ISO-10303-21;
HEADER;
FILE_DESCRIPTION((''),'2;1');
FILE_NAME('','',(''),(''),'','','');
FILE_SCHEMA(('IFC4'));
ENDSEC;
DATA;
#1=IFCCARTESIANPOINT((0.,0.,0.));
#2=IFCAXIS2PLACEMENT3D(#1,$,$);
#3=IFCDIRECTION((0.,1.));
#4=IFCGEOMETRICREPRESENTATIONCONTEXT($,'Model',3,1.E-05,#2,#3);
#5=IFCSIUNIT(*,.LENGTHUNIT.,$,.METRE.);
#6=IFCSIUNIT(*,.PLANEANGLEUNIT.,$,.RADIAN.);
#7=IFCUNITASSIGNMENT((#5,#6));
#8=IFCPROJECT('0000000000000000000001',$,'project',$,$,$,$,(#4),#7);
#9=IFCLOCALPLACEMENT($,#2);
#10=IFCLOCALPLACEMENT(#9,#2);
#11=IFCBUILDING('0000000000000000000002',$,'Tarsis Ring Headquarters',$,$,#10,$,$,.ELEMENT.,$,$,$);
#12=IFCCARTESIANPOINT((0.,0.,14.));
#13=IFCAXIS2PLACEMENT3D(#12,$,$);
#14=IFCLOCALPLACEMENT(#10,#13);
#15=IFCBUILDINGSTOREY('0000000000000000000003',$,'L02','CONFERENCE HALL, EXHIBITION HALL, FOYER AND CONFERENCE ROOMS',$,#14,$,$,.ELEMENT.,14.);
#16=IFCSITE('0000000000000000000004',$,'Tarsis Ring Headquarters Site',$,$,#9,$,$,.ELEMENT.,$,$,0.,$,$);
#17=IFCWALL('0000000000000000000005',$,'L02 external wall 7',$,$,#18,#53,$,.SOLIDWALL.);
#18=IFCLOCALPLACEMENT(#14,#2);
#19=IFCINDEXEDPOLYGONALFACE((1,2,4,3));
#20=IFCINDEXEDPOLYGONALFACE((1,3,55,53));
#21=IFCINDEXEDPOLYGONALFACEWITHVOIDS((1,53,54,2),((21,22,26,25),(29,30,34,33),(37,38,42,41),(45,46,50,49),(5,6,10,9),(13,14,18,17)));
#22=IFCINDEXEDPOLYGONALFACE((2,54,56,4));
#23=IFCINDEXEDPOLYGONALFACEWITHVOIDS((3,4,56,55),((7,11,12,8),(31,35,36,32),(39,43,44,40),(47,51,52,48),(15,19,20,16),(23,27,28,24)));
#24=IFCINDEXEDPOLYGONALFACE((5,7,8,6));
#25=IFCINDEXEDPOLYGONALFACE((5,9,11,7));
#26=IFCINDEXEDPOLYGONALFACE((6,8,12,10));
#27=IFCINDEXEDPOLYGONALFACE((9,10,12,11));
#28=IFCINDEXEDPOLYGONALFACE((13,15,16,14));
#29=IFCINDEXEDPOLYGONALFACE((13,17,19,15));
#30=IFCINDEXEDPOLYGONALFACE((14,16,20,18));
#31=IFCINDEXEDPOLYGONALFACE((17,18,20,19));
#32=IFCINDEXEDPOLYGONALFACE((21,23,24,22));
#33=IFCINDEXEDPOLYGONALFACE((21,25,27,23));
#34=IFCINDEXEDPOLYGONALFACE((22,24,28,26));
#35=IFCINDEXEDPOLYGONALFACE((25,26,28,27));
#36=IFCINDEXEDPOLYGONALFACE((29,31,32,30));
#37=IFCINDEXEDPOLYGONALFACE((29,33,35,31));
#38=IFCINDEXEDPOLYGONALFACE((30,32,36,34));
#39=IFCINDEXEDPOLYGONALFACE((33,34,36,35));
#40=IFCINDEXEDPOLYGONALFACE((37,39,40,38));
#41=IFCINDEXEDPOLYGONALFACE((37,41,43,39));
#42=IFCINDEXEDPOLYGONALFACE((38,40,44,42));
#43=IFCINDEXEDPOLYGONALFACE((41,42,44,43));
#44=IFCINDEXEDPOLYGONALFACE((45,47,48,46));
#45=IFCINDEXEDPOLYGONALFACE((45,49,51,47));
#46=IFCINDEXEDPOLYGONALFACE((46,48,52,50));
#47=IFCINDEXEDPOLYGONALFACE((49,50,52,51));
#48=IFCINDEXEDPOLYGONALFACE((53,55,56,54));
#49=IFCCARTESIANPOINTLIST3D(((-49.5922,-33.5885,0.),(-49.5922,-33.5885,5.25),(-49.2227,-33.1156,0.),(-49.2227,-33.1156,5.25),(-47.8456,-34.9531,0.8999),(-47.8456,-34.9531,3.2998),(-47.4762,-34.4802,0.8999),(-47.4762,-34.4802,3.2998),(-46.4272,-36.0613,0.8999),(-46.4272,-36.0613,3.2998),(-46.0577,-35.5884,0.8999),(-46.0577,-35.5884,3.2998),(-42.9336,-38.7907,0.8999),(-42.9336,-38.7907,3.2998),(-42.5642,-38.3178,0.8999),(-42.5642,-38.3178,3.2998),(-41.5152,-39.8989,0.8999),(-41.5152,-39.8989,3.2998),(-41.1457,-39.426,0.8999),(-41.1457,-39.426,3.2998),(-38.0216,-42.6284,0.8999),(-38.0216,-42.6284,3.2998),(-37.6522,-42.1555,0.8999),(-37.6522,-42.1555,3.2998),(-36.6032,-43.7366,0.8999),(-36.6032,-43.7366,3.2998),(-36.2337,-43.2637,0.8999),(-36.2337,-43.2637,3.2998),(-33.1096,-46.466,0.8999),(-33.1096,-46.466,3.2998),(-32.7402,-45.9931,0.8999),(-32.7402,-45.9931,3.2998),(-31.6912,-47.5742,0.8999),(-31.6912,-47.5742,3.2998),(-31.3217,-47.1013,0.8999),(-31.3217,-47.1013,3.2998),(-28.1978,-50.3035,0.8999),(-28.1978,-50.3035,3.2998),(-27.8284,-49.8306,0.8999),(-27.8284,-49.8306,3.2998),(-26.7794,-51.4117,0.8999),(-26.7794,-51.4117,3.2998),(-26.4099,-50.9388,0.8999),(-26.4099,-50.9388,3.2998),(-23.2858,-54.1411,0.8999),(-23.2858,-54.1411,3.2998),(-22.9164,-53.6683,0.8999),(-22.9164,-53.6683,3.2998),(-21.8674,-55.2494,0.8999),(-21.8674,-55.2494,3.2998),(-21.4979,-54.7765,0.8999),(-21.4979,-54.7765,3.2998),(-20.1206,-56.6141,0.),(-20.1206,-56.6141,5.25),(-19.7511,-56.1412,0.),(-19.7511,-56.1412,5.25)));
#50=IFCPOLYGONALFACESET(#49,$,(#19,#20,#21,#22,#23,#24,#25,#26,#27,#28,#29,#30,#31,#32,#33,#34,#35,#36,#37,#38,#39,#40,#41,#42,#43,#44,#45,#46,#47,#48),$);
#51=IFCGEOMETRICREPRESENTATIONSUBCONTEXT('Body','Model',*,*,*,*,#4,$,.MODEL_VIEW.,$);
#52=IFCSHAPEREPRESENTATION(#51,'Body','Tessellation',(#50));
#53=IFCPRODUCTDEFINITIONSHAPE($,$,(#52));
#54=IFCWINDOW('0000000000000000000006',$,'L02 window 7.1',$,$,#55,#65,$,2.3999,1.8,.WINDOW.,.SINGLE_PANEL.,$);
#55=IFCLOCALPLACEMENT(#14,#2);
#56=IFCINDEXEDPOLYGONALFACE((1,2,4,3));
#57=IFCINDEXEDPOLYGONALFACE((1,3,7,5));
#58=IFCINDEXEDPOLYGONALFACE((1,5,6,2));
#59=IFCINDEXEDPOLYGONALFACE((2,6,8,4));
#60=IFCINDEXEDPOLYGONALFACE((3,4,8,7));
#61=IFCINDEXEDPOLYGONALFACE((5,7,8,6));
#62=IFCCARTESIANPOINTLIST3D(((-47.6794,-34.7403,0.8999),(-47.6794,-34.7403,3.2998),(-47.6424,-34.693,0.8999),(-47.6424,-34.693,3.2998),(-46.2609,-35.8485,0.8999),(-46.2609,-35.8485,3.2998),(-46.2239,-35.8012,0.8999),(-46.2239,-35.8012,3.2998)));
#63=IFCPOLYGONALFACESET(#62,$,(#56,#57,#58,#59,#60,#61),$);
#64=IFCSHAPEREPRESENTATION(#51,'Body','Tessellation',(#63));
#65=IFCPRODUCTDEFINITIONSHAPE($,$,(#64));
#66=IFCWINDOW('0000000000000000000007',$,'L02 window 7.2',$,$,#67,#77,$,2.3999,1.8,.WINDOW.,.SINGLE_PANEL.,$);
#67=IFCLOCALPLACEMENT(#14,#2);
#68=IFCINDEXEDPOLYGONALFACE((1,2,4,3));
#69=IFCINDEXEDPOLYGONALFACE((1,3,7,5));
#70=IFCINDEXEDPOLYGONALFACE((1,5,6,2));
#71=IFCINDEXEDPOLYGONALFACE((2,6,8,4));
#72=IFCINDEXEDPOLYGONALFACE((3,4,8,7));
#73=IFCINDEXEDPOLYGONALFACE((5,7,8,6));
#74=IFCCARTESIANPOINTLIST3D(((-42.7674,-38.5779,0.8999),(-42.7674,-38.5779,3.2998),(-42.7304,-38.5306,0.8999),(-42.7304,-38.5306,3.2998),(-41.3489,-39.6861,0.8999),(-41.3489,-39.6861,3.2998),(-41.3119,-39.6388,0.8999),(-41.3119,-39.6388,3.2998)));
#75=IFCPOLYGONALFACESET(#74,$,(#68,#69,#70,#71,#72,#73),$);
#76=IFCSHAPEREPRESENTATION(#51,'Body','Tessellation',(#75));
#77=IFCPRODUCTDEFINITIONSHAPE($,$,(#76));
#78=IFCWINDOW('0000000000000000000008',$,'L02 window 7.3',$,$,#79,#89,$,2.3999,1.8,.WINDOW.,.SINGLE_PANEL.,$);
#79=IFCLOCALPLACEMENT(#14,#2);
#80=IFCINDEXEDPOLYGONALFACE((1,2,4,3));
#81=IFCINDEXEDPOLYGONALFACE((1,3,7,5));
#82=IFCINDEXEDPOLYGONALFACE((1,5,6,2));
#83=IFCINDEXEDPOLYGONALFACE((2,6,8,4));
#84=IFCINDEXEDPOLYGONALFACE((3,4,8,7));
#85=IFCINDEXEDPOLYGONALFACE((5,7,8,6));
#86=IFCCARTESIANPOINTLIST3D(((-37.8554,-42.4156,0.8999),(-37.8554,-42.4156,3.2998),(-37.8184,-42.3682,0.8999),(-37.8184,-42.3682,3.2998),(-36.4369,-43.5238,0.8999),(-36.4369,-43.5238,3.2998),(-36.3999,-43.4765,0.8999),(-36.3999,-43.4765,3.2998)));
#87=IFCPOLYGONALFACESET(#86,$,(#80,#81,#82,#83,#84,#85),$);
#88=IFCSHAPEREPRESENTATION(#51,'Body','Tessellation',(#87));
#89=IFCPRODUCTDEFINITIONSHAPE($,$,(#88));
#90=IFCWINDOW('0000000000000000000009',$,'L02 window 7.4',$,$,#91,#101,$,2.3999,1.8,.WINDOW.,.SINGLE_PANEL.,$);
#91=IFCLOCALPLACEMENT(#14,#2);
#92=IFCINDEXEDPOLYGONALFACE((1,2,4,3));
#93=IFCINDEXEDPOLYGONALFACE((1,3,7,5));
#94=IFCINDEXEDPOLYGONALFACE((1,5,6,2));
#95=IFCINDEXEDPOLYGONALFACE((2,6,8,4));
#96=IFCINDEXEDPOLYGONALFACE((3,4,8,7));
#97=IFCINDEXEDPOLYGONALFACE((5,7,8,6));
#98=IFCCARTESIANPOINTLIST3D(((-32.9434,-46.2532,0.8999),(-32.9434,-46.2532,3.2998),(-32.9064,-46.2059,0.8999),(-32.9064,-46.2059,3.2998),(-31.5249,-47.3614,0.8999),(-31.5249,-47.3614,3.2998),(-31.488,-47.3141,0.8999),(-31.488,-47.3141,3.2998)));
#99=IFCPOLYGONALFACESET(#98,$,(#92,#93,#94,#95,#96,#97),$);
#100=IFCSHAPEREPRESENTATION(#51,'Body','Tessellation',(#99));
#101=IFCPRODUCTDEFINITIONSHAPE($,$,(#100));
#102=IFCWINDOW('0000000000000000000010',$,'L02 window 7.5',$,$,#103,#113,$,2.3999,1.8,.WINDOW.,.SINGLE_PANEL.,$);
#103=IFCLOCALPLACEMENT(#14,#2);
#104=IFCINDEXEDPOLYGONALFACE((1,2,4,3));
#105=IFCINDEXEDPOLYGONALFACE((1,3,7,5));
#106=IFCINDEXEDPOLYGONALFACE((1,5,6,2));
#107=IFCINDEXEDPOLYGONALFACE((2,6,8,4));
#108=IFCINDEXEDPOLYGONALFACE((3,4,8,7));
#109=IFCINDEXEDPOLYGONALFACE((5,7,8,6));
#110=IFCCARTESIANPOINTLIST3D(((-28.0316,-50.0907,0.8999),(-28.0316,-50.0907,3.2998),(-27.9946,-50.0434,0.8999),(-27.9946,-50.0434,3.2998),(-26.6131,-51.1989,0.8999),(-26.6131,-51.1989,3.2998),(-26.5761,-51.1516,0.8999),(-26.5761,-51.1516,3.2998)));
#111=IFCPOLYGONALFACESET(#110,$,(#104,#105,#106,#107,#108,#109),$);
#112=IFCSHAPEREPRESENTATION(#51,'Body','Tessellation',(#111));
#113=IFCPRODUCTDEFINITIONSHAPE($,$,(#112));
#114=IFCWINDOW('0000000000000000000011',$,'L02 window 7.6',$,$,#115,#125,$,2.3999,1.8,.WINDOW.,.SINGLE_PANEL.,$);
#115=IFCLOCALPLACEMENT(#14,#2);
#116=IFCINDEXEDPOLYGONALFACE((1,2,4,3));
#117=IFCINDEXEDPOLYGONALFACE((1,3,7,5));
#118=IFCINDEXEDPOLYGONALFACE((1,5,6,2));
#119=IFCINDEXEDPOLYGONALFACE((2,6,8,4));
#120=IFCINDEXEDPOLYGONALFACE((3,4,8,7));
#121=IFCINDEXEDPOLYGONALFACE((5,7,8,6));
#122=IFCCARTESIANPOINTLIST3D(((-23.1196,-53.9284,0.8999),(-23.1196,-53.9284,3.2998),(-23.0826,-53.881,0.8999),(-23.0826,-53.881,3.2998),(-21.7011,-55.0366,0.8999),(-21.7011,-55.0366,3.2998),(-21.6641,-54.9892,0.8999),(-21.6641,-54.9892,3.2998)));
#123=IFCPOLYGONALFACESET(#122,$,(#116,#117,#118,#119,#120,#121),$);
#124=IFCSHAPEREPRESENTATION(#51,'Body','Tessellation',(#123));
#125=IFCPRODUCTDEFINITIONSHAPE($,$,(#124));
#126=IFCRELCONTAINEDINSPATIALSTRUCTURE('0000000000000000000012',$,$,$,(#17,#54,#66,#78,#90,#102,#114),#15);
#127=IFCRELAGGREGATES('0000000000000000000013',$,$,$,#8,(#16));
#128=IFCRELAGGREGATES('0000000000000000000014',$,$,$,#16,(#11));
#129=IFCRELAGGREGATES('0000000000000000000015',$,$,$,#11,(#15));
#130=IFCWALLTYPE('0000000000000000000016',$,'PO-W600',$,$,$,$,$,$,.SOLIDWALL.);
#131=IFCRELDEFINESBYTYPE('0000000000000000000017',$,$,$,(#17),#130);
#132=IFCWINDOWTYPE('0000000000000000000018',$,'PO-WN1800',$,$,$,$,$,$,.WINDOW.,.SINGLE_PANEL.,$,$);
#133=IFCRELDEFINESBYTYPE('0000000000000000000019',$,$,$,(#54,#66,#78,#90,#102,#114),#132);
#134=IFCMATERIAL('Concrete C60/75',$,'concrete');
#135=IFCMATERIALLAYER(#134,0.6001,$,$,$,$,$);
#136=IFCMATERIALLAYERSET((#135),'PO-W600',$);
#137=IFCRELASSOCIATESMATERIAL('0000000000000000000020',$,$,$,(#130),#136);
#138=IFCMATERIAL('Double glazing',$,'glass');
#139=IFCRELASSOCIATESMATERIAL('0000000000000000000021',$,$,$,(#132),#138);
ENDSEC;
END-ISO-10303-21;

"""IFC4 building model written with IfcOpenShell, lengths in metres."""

from ifc_helpers import new_model, si_unit, direction, frame, frame_2d, origin, place, context, subcontext, project, spatial, rectangle, extrude, material, layer, layer_set, type_object, element, fill, save


model = new_model("IFC4")

# Units and contexts
model_context = context("Model", 3, precision=1e-05, world=origin(), true_north=direction((0.0, 1.0)))
body_context = subcontext(model_context, "Body", "Model", "MODEL_VIEW")
ifc_project = project(units=[si_unit("LENGTHUNIT", "METRE"), si_unit("PLANEANGLEUNIT", "RADIAN")], contexts=[model_context])

# Site, building, storey
site_placement = place(None, origin())
site = spatial("IfcSite", under=ifc_project, at=site_placement, Name="Tarsis Ring Headquarters Site", CompositionType="ELEMENT", RefElevation=0.0)
building_placement = place(site_placement, origin())
building = spatial("IfcBuilding", under=site, at=building_placement, Name="Tarsis Ring Headquarters", CompositionType="ELEMENT")
storey_placement = place(building_placement, frame((0.0, 0.0, 14.0)))
storey = spatial("IfcBuildingStorey", under=building, at=storey_placement, Name="L02", Description="CONFERENCE HALL, EXHIBITION HALL, FOYER AND CONFERENCE ROOMS", CompositionType="ELEMENT", Elevation=14.0)

# Shared definitions
ifc_material_1 = material(Name="Concrete C60/75", Category="concrete")

# Wall, openings, windows
ifc_layer_1 = layer(ifc_material_1, 0.6001)
ifc_layer_set_1 = layer_set([ifc_layer_1], Name="PO-W600")
wall_type_1 = type_object("IfcWallType", Name="PO-W600", PredefinedType="SOLIDWALL", material=ifc_layer_set_1)
wall_1_placement = place(storey_placement, frame((-49.4075, -33.3521, 0.0), z_axis=(0.0, 0.0, 1.0), x_axis=(0.788013, -0.615659, 0.0)))
wall_1 = element("IfcWall", 1, at=wall_1_placement, inside=storey, type_object=wall_type_1, Name="L02 external wall 7", PredefinedType="SOLIDWALL", context=body_context, shape_type="SweptSolid", body=[
    extrude(rectangle(XDim=37.3999, YDim=0.6001, at=frame_2d((18.7, 0.0))), origin(), (0.0, 0.0, 1.0), 5.25),
])
opening_1_placement = place(wall_1_placement, frame((2.2166, 0.0, 0.8999)))
opening_1 = element("IfcOpeningElement", 2, at=opening_1_placement, cuts=wall_1, PredefinedType="OPENING", context=body_context, shape_type="SweptSolid", body=[
    extrude(rectangle(XDim=1.8, YDim=2.3999, at=frame_2d((0.8999, 1.2))), frame((0.0, 0.3101, 0.0), z_axis=(0.0, -1.0, 0.0), x_axis=(1.0, 0.0, 0.0)), (0.0, 0.0, 1.0), 0.6201),
])
opening_2_placement = place(wall_1_placement, frame((8.45, 0.0, 0.8999)))
opening_2 = element("IfcOpeningElement", 3, at=opening_2_placement, cuts=wall_1, PredefinedType="OPENING", context=body_context, shape_type="SweptSolid", body=[
    extrude(rectangle(XDim=1.8, YDim=2.3999, at=frame_2d((0.8999, 1.2))), frame((0.0, 0.3101, 0.0), z_axis=(0.0, -1.0, 0.0), x_axis=(1.0, 0.0, 0.0)), (0.0, 0.0, 1.0), 0.6201),
])
opening_3_placement = place(wall_1_placement, frame((14.6833, 0.0, 0.8999)))
opening_3 = element("IfcOpeningElement", 4, at=opening_3_placement, cuts=wall_1, PredefinedType="OPENING", context=body_context, shape_type="SweptSolid", body=[
    extrude(rectangle(XDim=1.8, YDim=2.3999, at=frame_2d((0.8999, 1.2))), frame((0.0, 0.3101, 0.0), z_axis=(0.0, -1.0, 0.0), x_axis=(1.0, 0.0, 0.0)), (0.0, 0.0, 1.0), 0.6201),
])
opening_4_placement = place(wall_1_placement, frame((20.9167, 0.0, 0.8999)))
opening_4 = element("IfcOpeningElement", 5, at=opening_4_placement, cuts=wall_1, PredefinedType="OPENING", context=body_context, shape_type="SweptSolid", body=[
    extrude(rectangle(XDim=1.8, YDim=2.3999, at=frame_2d((0.8999, 1.2))), frame((0.0, 0.3101, 0.0), z_axis=(0.0, -1.0, 0.0), x_axis=(1.0, 0.0, 0.0)), (0.0, 0.0, 1.0), 0.6201),
])
opening_5_placement = place(wall_1_placement, frame((27.1499, 0.0, 0.8999)))
opening_5 = element("IfcOpeningElement", 6, at=opening_5_placement, cuts=wall_1, PredefinedType="OPENING", context=body_context, shape_type="SweptSolid", body=[
    extrude(rectangle(XDim=1.8, YDim=2.3999, at=frame_2d((0.8999, 1.2))), frame((0.0, 0.3101, 0.0), z_axis=(0.0, -1.0, 0.0), x_axis=(1.0, 0.0, 0.0)), (0.0, 0.0, 1.0), 0.6201),
])
opening_6_placement = place(wall_1_placement, frame((33.3833, 0.0, 0.8999)))
opening_6 = element("IfcOpeningElement", 7, at=opening_6_placement, cuts=wall_1, PredefinedType="OPENING", context=body_context, shape_type="SweptSolid", body=[
    extrude(rectangle(XDim=1.8, YDim=2.3999, at=frame_2d((0.8999, 1.2))), frame((0.0, 0.3101, 0.0), z_axis=(0.0, -1.0, 0.0), x_axis=(1.0, 0.0, 0.0)), (0.0, 0.0, 1.0), 0.6201),
])
ifc_material_2 = material(Name="Double glazing", Category="glass")
window_type = type_object("IfcWindowType", Name="PO-WN1800", PartitioningType="SINGLE_PANEL", PredefinedType="WINDOW", material=ifc_material_2)
window_1_placement = place(opening_1_placement, origin())
window_1 = element("IfcWindow", 8, at=window_1_placement, inside=storey, type_object=window_type, Name="L02 window 7.1", OverallHeight=2.3999, OverallWidth=1.8, PartitioningType="SINGLE_PANEL", PredefinedType="WINDOW", context=body_context, shape_type="SweptSolid", body=[
    extrude(rectangle(XDim=1.8, YDim=2.3999, at=frame_2d((0.8999, 1.2))), frame((0.0, 0.03, 0.0), z_axis=(0.0, -1.0, 0.0), x_axis=(1.0, 0.0, 0.0)), (0.0, 0.0, 1.0), 0.0601),
])
fill(opening_1, window_1)
window_2_placement = place(opening_2_placement, origin())
window_2 = element("IfcWindow", 9, at=window_2_placement, inside=storey, type_object=window_type, Name="L02 window 7.2", OverallHeight=2.3999, OverallWidth=1.8, PartitioningType="SINGLE_PANEL", PredefinedType="WINDOW", context=body_context, shape_type="SweptSolid", body=[
    extrude(rectangle(XDim=1.8, YDim=2.3999, at=frame_2d((0.8999, 1.2))), frame((0.0, 0.03, 0.0), z_axis=(0.0, -1.0, 0.0), x_axis=(1.0, 0.0, 0.0)), (0.0, 0.0, 1.0), 0.0601),
])
fill(opening_2, window_2)
window_3_placement = place(opening_3_placement, origin())
window_3 = element("IfcWindow", 10, at=window_3_placement, inside=storey, type_object=window_type, Name="L02 window 7.3", OverallHeight=2.3999, OverallWidth=1.8, PartitioningType="SINGLE_PANEL", PredefinedType="WINDOW", context=body_context, shape_type="SweptSolid", body=[
    extrude(rectangle(XDim=1.8, YDim=2.3999, at=frame_2d((0.8999, 1.2))), frame((0.0, 0.03, 0.0), z_axis=(0.0, -1.0, 0.0), x_axis=(1.0, 0.0, 0.0)), (0.0, 0.0, 1.0), 0.0601),
])
fill(opening_3, window_3)
window_4_placement = place(opening_4_placement, origin())
window_4 = element("IfcWindow", 11, at=window_4_placement, inside=storey, type_object=window_type, Name="L02 window 7.4", OverallHeight=2.3999, OverallWidth=1.8, PartitioningType="SINGLE_PANEL", PredefinedType="WINDOW", context=body_context, shape_type="SweptSolid", body=[
    extrude(rectangle(XDim=1.8, YDim=2.3999, at=frame_2d((0.8999, 1.2))), frame((0.0, 0.03, 0.0), z_axis=(0.0, -1.0, 0.0), x_axis=(1.0, 0.0, 0.0)), (0.0, 0.0, 1.0), 0.0601),
])
fill(opening_4, window_4)
window_5_placement = place(opening_5_placement, origin())
window_5 = element("IfcWindow", 12, at=window_5_placement, inside=storey, type_object=window_type, Name="L02 window 7.5", OverallHeight=2.3999, OverallWidth=1.8, PartitioningType="SINGLE_PANEL", PredefinedType="WINDOW", context=body_context, shape_type="SweptSolid", body=[
    extrude(rectangle(XDim=1.8, YDim=2.3999, at=frame_2d((0.8999, 1.2))), frame((0.0, 0.03, 0.0), z_axis=(0.0, -1.0, 0.0), x_axis=(1.0, 0.0, 0.0)), (0.0, 0.0, 1.0), 0.0601),
])
fill(opening_5, window_5)
window_6_placement = place(opening_6_placement, origin())
window_6 = element("IfcWindow", 13, at=window_6_placement, inside=storey, type_object=window_type, Name="L02 window 7.6", OverallHeight=2.3999, OverallWidth=1.8, PartitioningType="SINGLE_PANEL", PredefinedType="WINDOW", context=body_context, shape_type="SweptSolid", body=[
    extrude(rectangle(XDim=1.8, YDim=2.3999, at=frame_2d((0.8999, 1.2))), frame((0.0, 0.03, 0.0), z_axis=(0.0, -1.0, 0.0), x_axis=(1.0, 0.0, 0.0)), (0.0, 0.0, 1.0), 0.0601),
])
fill(opening_6, window_6)

save(model, "model.ifc")
